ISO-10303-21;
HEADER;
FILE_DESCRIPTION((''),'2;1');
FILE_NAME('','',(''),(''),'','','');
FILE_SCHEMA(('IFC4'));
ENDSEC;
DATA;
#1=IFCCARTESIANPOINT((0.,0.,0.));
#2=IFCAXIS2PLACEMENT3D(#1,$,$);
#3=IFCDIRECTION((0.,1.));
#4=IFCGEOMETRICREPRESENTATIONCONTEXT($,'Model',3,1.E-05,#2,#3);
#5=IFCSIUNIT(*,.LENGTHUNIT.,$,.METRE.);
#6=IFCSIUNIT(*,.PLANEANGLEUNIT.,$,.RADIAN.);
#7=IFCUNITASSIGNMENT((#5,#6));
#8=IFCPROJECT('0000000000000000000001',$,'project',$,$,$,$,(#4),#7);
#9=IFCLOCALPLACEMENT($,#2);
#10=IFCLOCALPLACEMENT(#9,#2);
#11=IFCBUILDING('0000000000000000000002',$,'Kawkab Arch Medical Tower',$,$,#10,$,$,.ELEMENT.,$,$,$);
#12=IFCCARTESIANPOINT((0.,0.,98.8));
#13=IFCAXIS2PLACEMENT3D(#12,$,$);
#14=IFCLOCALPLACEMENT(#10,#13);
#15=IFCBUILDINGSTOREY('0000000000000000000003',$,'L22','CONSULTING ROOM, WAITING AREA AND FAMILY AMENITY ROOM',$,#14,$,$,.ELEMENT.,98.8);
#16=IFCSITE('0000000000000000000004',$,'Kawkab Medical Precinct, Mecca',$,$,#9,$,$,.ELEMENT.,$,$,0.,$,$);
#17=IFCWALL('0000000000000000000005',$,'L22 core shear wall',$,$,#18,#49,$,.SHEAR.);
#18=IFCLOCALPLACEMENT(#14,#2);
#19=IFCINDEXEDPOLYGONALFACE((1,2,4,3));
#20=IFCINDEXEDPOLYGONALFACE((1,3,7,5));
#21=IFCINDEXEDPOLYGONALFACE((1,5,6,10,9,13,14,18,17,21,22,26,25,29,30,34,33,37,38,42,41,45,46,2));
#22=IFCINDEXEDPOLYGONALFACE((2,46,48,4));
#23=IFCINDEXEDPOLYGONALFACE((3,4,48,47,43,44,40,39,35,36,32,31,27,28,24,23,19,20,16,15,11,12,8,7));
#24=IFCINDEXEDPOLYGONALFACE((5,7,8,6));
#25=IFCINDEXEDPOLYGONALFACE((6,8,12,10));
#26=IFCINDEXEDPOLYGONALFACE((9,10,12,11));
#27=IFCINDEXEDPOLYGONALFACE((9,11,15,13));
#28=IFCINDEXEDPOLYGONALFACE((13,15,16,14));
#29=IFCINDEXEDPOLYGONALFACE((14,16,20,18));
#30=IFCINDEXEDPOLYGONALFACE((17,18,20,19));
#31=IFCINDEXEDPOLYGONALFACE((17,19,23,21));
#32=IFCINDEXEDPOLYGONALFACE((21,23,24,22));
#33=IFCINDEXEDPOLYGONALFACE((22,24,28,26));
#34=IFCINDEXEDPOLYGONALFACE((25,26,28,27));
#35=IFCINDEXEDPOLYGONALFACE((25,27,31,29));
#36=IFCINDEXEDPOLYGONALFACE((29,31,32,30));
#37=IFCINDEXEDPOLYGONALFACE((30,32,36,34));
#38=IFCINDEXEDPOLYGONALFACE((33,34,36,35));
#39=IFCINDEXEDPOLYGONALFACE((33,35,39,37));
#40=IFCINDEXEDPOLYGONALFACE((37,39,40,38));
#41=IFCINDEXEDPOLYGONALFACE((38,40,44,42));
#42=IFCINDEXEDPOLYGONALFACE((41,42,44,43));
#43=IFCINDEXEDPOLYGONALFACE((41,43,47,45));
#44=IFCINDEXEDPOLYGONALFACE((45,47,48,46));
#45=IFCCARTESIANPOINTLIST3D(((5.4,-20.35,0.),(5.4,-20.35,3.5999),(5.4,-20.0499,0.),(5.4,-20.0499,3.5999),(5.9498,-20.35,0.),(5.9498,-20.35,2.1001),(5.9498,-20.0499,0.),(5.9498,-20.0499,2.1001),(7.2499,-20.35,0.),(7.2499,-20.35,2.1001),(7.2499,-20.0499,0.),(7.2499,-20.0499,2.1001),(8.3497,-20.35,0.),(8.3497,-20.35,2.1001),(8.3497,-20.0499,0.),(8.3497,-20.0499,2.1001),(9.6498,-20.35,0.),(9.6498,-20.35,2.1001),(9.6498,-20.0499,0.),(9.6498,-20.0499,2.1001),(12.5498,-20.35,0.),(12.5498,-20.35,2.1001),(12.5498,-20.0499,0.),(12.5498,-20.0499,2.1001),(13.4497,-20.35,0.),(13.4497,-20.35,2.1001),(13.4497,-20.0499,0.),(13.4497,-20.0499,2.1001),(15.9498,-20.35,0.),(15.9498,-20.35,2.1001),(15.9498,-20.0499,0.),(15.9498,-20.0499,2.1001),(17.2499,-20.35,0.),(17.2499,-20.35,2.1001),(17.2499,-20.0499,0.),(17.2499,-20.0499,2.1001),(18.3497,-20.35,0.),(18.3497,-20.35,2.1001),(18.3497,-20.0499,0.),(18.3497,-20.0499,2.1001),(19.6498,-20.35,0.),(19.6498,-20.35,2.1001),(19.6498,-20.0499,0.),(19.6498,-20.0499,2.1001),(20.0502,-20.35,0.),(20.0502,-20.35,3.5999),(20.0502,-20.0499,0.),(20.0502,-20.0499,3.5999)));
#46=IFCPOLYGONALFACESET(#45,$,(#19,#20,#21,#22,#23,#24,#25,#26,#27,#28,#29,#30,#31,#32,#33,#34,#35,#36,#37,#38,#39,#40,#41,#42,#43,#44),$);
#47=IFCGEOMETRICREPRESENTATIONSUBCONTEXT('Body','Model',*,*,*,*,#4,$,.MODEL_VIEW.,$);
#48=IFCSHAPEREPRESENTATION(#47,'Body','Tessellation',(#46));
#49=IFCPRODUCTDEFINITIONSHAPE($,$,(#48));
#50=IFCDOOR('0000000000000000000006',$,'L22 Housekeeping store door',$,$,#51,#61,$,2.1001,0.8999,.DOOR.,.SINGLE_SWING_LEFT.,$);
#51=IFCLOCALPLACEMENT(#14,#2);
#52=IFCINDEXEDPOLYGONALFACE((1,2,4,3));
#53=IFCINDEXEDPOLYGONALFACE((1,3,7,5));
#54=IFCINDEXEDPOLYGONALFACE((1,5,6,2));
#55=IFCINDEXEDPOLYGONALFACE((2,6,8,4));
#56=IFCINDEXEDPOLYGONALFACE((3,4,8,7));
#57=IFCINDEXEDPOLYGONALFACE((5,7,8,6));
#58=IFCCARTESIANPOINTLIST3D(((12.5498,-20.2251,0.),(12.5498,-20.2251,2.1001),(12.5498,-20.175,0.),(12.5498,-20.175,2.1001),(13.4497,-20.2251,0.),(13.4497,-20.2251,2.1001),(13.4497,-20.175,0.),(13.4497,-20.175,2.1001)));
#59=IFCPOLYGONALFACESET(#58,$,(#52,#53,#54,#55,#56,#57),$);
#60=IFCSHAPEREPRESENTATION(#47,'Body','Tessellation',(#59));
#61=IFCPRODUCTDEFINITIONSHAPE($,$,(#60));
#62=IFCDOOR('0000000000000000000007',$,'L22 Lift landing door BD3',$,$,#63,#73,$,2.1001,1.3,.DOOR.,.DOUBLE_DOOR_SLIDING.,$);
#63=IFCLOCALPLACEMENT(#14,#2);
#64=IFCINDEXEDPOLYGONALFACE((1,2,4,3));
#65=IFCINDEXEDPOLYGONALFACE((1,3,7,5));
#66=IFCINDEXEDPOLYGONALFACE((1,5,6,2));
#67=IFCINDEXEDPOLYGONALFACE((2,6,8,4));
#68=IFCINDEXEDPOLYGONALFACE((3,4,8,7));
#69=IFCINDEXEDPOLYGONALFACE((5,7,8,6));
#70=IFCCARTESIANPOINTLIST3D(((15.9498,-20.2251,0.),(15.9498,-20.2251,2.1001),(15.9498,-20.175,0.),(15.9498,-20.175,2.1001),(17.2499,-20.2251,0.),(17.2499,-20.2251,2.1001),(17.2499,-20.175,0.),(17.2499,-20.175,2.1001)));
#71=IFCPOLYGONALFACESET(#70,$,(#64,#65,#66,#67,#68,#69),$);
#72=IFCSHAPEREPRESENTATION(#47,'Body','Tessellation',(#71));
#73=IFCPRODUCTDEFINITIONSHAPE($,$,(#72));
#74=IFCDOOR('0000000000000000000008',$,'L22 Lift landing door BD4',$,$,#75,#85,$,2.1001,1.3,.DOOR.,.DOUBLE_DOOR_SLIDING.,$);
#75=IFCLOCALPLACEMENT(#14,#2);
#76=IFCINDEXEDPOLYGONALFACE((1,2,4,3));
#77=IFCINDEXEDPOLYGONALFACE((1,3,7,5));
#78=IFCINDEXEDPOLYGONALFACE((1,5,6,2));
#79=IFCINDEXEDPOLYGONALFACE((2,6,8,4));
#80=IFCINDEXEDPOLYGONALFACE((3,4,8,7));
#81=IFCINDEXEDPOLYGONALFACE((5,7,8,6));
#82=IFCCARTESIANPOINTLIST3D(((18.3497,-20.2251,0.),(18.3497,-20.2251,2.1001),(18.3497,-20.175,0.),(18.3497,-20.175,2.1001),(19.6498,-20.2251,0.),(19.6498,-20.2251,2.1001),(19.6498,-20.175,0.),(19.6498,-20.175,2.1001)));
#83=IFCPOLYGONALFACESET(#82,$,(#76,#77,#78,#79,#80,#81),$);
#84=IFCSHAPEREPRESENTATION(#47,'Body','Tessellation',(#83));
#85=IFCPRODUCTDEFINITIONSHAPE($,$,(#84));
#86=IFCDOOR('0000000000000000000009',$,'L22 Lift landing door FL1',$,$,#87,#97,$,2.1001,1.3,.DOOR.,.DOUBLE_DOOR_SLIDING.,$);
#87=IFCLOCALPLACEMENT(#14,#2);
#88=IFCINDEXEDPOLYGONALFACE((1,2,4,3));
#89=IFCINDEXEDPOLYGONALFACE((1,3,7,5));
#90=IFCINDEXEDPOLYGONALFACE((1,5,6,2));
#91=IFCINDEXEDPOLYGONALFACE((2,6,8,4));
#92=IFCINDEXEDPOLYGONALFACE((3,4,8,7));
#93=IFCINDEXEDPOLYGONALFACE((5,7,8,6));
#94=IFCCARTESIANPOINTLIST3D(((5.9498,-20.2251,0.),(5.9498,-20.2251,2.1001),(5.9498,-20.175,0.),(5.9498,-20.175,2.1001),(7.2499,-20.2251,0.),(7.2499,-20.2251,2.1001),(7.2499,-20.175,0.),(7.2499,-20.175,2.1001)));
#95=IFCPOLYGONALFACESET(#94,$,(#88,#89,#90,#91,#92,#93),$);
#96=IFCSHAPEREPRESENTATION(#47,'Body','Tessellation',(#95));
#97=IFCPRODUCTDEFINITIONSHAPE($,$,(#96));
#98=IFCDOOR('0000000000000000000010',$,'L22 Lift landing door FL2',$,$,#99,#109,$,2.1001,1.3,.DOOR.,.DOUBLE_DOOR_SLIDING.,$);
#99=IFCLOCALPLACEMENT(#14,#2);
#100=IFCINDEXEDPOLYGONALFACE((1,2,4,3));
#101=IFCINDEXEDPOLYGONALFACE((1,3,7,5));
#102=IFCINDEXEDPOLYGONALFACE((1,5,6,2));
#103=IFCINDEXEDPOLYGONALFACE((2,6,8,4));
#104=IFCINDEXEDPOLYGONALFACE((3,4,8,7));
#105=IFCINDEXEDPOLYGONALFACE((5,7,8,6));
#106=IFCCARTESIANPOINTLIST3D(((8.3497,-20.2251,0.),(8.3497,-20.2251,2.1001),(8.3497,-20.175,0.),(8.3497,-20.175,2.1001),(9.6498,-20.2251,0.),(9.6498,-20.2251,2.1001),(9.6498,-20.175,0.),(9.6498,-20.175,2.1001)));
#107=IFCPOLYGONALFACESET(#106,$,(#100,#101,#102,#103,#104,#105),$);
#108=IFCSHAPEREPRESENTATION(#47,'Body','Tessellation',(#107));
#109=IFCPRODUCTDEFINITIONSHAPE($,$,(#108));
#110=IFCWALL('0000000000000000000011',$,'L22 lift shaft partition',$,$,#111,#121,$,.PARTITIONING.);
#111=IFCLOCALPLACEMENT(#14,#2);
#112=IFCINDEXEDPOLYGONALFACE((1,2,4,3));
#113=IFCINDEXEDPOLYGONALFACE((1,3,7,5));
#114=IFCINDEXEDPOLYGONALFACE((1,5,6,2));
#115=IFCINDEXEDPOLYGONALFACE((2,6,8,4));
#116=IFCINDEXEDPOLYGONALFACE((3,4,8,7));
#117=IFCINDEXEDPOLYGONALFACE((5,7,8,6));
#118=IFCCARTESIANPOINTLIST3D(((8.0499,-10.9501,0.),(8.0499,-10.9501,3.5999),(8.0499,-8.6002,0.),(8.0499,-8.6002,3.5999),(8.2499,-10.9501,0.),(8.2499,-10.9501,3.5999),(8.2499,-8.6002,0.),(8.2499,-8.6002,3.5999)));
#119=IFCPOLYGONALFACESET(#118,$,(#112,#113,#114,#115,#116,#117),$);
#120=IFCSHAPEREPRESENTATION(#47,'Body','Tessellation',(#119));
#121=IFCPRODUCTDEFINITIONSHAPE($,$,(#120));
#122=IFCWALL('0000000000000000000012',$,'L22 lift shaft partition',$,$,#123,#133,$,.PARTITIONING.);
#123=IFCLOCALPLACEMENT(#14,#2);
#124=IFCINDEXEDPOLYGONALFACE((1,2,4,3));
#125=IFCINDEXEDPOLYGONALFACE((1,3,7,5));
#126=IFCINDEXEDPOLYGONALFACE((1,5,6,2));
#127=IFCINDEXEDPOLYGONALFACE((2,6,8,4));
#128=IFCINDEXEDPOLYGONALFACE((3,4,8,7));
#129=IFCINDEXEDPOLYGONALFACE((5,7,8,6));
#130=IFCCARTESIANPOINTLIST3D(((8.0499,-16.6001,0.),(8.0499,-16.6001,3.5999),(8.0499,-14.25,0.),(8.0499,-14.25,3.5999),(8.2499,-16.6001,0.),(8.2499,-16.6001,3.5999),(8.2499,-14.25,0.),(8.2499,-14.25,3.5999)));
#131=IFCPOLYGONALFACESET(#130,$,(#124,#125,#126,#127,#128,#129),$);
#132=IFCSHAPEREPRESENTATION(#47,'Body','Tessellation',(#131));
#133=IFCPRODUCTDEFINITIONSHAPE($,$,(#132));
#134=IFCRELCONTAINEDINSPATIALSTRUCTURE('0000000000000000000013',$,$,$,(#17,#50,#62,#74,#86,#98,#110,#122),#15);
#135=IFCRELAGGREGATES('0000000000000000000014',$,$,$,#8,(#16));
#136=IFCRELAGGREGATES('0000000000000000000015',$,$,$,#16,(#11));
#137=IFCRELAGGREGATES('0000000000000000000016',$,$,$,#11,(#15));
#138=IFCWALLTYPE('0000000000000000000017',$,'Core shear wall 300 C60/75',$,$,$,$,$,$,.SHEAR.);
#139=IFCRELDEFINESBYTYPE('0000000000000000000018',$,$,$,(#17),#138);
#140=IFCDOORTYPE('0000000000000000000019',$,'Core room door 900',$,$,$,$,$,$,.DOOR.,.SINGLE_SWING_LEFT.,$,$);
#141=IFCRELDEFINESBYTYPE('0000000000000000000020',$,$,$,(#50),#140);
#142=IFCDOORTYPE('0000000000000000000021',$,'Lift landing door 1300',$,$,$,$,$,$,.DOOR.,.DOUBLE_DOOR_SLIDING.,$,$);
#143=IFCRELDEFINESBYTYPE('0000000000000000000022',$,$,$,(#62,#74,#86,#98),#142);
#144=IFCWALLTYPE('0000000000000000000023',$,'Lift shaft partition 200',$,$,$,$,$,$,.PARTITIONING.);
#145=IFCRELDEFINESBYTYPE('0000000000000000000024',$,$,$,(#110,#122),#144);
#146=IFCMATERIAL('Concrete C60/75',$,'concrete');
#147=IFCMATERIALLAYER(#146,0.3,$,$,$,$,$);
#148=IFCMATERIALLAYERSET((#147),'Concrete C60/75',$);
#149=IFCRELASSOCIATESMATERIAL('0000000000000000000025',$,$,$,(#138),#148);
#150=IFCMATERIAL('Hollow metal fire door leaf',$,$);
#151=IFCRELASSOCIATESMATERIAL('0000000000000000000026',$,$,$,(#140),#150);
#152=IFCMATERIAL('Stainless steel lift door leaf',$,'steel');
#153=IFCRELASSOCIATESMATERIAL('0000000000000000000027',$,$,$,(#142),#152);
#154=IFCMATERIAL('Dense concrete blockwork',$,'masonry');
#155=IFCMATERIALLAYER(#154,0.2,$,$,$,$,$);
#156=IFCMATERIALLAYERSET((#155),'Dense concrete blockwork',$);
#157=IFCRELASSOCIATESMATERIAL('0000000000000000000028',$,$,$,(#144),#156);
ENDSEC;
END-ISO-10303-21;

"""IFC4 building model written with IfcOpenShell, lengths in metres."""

from ifc_helpers import new_model, si_unit, direction, frame, frame_2d, origin, place, context, subcontext, project, spatial, rectangle, extrude, material, layer, layer_set, type_object, element, fill, save


model = new_model("IFC4")

# Units and contexts
model_context = context("Model", 3, precision=1e-05, world=origin(), true_north=direction((0.0, 1.0)))
body_context = subcontext(model_context, "Body", "Model", "MODEL_VIEW")
ifc_project = project(units=[si_unit("LENGTHUNIT", "METRE"), si_unit("PLANEANGLEUNIT", "RADIAN")], contexts=[model_context])

# Site, building, storey
site_placement = place(None, origin())
site = spatial("IfcSite", under=ifc_project, at=site_placement, Name="Kawkab Medical Precinct, Mecca", CompositionType="ELEMENT", RefElevation=0.0)
building_placement = place(site_placement, origin())
building = spatial("IfcBuilding", under=site, at=building_placement, Name="Kawkab Arch Medical Tower", CompositionType="ELEMENT")
storey_placement = place(building_placement, frame((0.0, 0.0, 98.8)))
storey = spatial("IfcBuildingStorey", under=building, at=storey_placement, Name="L22", Description="CONSULTING ROOM, WAITING AREA AND FAMILY AMENITY ROOM", CompositionType="ELEMENT", Elevation=98.8)

# Shared definitions
ifc_material_1 = material(Name="Concrete C60/75", Category="concrete")
ifc_layer_1 = layer(ifc_material_1, 0.3)
ifc_layer_set_1 = layer_set([ifc_layer_1], Name="Concrete C60/75")
wall_type_1 = type_object("IfcWallType", Name="Core shear wall 300 C60/75", PredefinedType="SHEAR", material=ifc_layer_set_1)

# Wall, openings, doors
wall_1_placement = place(storey_placement, frame((5.3999, -20.2, 0.0), z_axis=(0.0, 0.0, 1.0), x_axis=(1.0, 0.0, 0.0)))
wall_1 = element("IfcWall", 1, at=wall_1_placement, inside=storey, type_object=wall_type_1, Name="L22 core shear wall", PredefinedType="SHEAR", context=body_context, shape_type="SweptSolid", body=[
    extrude(rectangle(XDim=14.6501, YDim=0.3, at=frame_2d((7.3252, 0.0))), origin(), (0.0, 0.0, 1.0), 3.5999),
])
opening_1_placement = place(wall_1_placement, frame((10.55, 0.0, 0.0)))
opening_1 = element("IfcOpeningElement", 2, at=opening_1_placement, cuts=wall_1, PredefinedType="OPENING", context=body_context, shape_type="SweptSolid", body=[
    extrude(rectangle(XDim=1.3, YDim=2.1001, at=frame_2d((0.6499, 1.05))), frame((0.0, 0.1599, 0.0), z_axis=(0.0, -1.0, 0.0), x_axis=(1.0, 0.0, 0.0)), (0.0, 0.0, 1.0), 0.3201),
])
opening_2_placement = place(wall_1_placement, frame((12.95, 0.0, 0.0)))
opening_2 = element("IfcOpeningElement", 3, at=opening_2_placement, cuts=wall_1, PredefinedType="OPENING", context=body_context, shape_type="SweptSolid", body=[
    extrude(rectangle(XDim=1.3, YDim=2.1001, at=frame_2d((0.6499, 1.05))), frame((0.0, 0.1599, 0.0), z_axis=(0.0, -1.0, 0.0), x_axis=(1.0, 0.0, 0.0)), (0.0, 0.0, 1.0), 0.3201),
])
opening_3_placement = place(wall_1_placement, frame((0.55, 0.0, 0.0)))
opening_3 = element("IfcOpeningElement", 4, at=opening_3_placement, cuts=wall_1, PredefinedType="OPENING", context=body_context, shape_type="SweptSolid", body=[
    extrude(rectangle(XDim=1.3, YDim=2.1001, at=frame_2d((0.6499, 1.05))), frame((0.0, 0.1599, 0.0), z_axis=(0.0, -1.0, 0.0), x_axis=(1.0, 0.0, 0.0)), (0.0, 0.0, 1.0), 0.3201),
])
opening_4_placement = place(wall_1_placement, frame((2.95, 0.0, 0.0)))
opening_4 = element("IfcOpeningElement", 5, at=opening_4_placement, cuts=wall_1, PredefinedType="OPENING", context=body_context, shape_type="SweptSolid", body=[
    extrude(rectangle(XDim=1.3, YDim=2.1001, at=frame_2d((0.6499, 1.05))), frame((0.0, 0.1599, 0.0), z_axis=(0.0, -1.0, 0.0), x_axis=(1.0, 0.0, 0.0)), (0.0, 0.0, 1.0), 0.3201),
])
opening_5_placement = place(wall_1_placement, frame((7.1499, 0.0, 0.0)))
opening_5 = element("IfcOpeningElement", 6, at=opening_5_placement, cuts=wall_1, PredefinedType="OPENING", context=body_context, shape_type="SweptSolid", body=[
    extrude(rectangle(XDim=0.8999, YDim=2.1001, at=frame_2d((0.45, 1.05))), frame((0.0, 0.1599, 0.0), z_axis=(0.0, -1.0, 0.0), x_axis=(1.0, 0.0, 0.0)), (0.0, 0.0, 1.0), 0.3201),
])
ifc_material_2 = material(Name="Hollow metal fire door leaf")
door_type_1 = type_object("IfcDoorType", Name="Core room door 900", OperationType="SINGLE_SWING_LEFT", PredefinedType="DOOR", material=ifc_material_2)
door_1_placement = place(opening_5_placement, origin())
door_1 = element("IfcDoor", 7, at=door_1_placement, inside=storey, type_object=door_type_1, Name="L22 Housekeeping store door", OperationType="SINGLE_SWING_LEFT", OverallHeight=2.1001, OverallWidth=0.8999, PredefinedType="DOOR", context=body_context, shape_type="SweptSolid", body=[
    extrude(rectangle(XDim=0.8999, YDim=2.1001, at=frame_2d((0.45, 1.05))), frame((0.0, 0.0249, 0.0), z_axis=(0.0, -1.0, 0.0), x_axis=(1.0, 0.0, 0.0)), (0.0, 0.0, 1.0), 0.05),
])
fill(opening_5, door_1)
ifc_material_3 = material(Name="Stainless steel lift door leaf", Category="steel")
door_type_2 = type_object("IfcDoorType", Name="Lift landing door 1300", OperationType="DOUBLE_DOOR_SLIDING", PredefinedType="DOOR", material=ifc_material_3)
door_2_placement = place(opening_1_placement, origin())
door_2 = element("IfcDoor", 8, at=door_2_placement, inside=storey, type_object=door_type_2, Name="L22 Lift landing door BD3", OperationType="DOUBLE_DOOR_SLIDING", OverallHeight=2.1001, OverallWidth=1.3, PredefinedType="DOOR", context=body_context, shape_type="SweptSolid", body=[
    extrude(rectangle(XDim=1.3, YDim=2.1001, at=frame_2d((0.6499, 1.05))), frame((0.0, 0.0249, 0.0), z_axis=(0.0, -1.0, 0.0), x_axis=(1.0, 0.0, 0.0)), (0.0, 0.0, 1.0), 0.05),
])
fill(opening_1, door_2)
door_3_placement = place(opening_2_placement, origin())
door_3 = element("IfcDoor", 9, at=door_3_placement, inside=storey, type_object=door_type_2, Name="L22 Lift landing door BD4", OperationType="DOUBLE_DOOR_SLIDING", OverallHeight=2.1001, OverallWidth=1.3, PredefinedType="DOOR", context=body_context, shape_type="SweptSolid", body=[
    extrude(rectangle(XDim=1.3, YDim=2.1001, at=frame_2d((0.6499, 1.05))), frame((0.0, 0.0249, 0.0), z_axis=(0.0, -1.0, 0.0), x_axis=(1.0, 0.0, 0.0)), (0.0, 0.0, 1.0), 0.05),
])
fill(opening_2, door_3)
door_4_placement = place(opening_3_placement, origin())
door_4 = element("IfcDoor", 10, at=door_4_placement, inside=storey, type_object=door_type_2, Name="L22 Lift landing door FL1", OperationType="DOUBLE_DOOR_SLIDING", OverallHeight=2.1001, OverallWidth=1.3, PredefinedType="DOOR", context=body_context, shape_type="SweptSolid", body=[
    extrude(rectangle(XDim=1.3, YDim=2.1001, at=frame_2d((0.6499, 1.05))), frame((0.0, 0.0249, 0.0), z_axis=(0.0, -1.0, 0.0), x_axis=(1.0, 0.0, 0.0)), (0.0, 0.0, 1.0), 0.05),
])
fill(opening_3, door_4)
door_5_placement = place(opening_4_placement, origin())
door_5 = element("IfcDoor", 11, at=door_5_placement, inside=storey, type_object=door_type_2, Name="L22 Lift landing door FL2", OperationType="DOUBLE_DOOR_SLIDING", OverallHeight=2.1001, OverallWidth=1.3, PredefinedType="DOOR", context=body_context, shape_type="SweptSolid", body=[
    extrude(rectangle(XDim=1.3, YDim=2.1001, at=frame_2d((0.6499, 1.05))), frame((0.0, 0.0249, 0.0), z_axis=(0.0, -1.0, 0.0), x_axis=(1.0, 0.0, 0.0)), (0.0, 0.0, 1.0), 0.05),
])
fill(opening_4, door_5)

# Walls
ifc_material_4 = material(Name="Dense concrete blockwork", Category="masonry")
ifc_layer_2 = layer(ifc_material_4, 0.2)
ifc_layer_set_2 = layer_set([ifc_layer_2], Name="Dense concrete blockwork")
wall_type_2 = type_object("IfcWallType", Name="Lift shaft partition 200", PredefinedType="PARTITIONING", material=ifc_layer_set_2)
wall_2_placement = place(storey_placement, frame((8.1499, -10.95, 0.0), z_axis=(0.0, 0.0, 1.0), x_axis=(0.0, 1.0, 0.0)))
element("IfcWall", 12, at=wall_2_placement, inside=storey, type_object=wall_type_2, Name="L22 lift shaft partition", PredefinedType="PARTITIONING", context=body_context, shape_type="SweptSolid", body=[
    extrude(rectangle(XDim=2.3499, YDim=0.2, at=frame_2d((1.1748, 0.0))), origin(), (0.0, 0.0, 1.0), 3.5999),
])
wall_3_placement = place(storey_placement, frame((8.1499, -16.6001, 0.0), z_axis=(0.0, 0.0, 1.0), x_axis=(0.0, 1.0, 0.0)))
element("IfcWall", 13, at=wall_3_placement, inside=storey, type_object=wall_type_2, Name="L22 lift shaft partition", PredefinedType="PARTITIONING", context=body_context, shape_type="SweptSolid", body=[
    extrude(rectangle(XDim=2.3501, YDim=0.2, at=frame_2d((1.175, 0.0))), origin(), (0.0, 0.0, 1.0), 3.5999),
])

save(model, "model.ifc")
